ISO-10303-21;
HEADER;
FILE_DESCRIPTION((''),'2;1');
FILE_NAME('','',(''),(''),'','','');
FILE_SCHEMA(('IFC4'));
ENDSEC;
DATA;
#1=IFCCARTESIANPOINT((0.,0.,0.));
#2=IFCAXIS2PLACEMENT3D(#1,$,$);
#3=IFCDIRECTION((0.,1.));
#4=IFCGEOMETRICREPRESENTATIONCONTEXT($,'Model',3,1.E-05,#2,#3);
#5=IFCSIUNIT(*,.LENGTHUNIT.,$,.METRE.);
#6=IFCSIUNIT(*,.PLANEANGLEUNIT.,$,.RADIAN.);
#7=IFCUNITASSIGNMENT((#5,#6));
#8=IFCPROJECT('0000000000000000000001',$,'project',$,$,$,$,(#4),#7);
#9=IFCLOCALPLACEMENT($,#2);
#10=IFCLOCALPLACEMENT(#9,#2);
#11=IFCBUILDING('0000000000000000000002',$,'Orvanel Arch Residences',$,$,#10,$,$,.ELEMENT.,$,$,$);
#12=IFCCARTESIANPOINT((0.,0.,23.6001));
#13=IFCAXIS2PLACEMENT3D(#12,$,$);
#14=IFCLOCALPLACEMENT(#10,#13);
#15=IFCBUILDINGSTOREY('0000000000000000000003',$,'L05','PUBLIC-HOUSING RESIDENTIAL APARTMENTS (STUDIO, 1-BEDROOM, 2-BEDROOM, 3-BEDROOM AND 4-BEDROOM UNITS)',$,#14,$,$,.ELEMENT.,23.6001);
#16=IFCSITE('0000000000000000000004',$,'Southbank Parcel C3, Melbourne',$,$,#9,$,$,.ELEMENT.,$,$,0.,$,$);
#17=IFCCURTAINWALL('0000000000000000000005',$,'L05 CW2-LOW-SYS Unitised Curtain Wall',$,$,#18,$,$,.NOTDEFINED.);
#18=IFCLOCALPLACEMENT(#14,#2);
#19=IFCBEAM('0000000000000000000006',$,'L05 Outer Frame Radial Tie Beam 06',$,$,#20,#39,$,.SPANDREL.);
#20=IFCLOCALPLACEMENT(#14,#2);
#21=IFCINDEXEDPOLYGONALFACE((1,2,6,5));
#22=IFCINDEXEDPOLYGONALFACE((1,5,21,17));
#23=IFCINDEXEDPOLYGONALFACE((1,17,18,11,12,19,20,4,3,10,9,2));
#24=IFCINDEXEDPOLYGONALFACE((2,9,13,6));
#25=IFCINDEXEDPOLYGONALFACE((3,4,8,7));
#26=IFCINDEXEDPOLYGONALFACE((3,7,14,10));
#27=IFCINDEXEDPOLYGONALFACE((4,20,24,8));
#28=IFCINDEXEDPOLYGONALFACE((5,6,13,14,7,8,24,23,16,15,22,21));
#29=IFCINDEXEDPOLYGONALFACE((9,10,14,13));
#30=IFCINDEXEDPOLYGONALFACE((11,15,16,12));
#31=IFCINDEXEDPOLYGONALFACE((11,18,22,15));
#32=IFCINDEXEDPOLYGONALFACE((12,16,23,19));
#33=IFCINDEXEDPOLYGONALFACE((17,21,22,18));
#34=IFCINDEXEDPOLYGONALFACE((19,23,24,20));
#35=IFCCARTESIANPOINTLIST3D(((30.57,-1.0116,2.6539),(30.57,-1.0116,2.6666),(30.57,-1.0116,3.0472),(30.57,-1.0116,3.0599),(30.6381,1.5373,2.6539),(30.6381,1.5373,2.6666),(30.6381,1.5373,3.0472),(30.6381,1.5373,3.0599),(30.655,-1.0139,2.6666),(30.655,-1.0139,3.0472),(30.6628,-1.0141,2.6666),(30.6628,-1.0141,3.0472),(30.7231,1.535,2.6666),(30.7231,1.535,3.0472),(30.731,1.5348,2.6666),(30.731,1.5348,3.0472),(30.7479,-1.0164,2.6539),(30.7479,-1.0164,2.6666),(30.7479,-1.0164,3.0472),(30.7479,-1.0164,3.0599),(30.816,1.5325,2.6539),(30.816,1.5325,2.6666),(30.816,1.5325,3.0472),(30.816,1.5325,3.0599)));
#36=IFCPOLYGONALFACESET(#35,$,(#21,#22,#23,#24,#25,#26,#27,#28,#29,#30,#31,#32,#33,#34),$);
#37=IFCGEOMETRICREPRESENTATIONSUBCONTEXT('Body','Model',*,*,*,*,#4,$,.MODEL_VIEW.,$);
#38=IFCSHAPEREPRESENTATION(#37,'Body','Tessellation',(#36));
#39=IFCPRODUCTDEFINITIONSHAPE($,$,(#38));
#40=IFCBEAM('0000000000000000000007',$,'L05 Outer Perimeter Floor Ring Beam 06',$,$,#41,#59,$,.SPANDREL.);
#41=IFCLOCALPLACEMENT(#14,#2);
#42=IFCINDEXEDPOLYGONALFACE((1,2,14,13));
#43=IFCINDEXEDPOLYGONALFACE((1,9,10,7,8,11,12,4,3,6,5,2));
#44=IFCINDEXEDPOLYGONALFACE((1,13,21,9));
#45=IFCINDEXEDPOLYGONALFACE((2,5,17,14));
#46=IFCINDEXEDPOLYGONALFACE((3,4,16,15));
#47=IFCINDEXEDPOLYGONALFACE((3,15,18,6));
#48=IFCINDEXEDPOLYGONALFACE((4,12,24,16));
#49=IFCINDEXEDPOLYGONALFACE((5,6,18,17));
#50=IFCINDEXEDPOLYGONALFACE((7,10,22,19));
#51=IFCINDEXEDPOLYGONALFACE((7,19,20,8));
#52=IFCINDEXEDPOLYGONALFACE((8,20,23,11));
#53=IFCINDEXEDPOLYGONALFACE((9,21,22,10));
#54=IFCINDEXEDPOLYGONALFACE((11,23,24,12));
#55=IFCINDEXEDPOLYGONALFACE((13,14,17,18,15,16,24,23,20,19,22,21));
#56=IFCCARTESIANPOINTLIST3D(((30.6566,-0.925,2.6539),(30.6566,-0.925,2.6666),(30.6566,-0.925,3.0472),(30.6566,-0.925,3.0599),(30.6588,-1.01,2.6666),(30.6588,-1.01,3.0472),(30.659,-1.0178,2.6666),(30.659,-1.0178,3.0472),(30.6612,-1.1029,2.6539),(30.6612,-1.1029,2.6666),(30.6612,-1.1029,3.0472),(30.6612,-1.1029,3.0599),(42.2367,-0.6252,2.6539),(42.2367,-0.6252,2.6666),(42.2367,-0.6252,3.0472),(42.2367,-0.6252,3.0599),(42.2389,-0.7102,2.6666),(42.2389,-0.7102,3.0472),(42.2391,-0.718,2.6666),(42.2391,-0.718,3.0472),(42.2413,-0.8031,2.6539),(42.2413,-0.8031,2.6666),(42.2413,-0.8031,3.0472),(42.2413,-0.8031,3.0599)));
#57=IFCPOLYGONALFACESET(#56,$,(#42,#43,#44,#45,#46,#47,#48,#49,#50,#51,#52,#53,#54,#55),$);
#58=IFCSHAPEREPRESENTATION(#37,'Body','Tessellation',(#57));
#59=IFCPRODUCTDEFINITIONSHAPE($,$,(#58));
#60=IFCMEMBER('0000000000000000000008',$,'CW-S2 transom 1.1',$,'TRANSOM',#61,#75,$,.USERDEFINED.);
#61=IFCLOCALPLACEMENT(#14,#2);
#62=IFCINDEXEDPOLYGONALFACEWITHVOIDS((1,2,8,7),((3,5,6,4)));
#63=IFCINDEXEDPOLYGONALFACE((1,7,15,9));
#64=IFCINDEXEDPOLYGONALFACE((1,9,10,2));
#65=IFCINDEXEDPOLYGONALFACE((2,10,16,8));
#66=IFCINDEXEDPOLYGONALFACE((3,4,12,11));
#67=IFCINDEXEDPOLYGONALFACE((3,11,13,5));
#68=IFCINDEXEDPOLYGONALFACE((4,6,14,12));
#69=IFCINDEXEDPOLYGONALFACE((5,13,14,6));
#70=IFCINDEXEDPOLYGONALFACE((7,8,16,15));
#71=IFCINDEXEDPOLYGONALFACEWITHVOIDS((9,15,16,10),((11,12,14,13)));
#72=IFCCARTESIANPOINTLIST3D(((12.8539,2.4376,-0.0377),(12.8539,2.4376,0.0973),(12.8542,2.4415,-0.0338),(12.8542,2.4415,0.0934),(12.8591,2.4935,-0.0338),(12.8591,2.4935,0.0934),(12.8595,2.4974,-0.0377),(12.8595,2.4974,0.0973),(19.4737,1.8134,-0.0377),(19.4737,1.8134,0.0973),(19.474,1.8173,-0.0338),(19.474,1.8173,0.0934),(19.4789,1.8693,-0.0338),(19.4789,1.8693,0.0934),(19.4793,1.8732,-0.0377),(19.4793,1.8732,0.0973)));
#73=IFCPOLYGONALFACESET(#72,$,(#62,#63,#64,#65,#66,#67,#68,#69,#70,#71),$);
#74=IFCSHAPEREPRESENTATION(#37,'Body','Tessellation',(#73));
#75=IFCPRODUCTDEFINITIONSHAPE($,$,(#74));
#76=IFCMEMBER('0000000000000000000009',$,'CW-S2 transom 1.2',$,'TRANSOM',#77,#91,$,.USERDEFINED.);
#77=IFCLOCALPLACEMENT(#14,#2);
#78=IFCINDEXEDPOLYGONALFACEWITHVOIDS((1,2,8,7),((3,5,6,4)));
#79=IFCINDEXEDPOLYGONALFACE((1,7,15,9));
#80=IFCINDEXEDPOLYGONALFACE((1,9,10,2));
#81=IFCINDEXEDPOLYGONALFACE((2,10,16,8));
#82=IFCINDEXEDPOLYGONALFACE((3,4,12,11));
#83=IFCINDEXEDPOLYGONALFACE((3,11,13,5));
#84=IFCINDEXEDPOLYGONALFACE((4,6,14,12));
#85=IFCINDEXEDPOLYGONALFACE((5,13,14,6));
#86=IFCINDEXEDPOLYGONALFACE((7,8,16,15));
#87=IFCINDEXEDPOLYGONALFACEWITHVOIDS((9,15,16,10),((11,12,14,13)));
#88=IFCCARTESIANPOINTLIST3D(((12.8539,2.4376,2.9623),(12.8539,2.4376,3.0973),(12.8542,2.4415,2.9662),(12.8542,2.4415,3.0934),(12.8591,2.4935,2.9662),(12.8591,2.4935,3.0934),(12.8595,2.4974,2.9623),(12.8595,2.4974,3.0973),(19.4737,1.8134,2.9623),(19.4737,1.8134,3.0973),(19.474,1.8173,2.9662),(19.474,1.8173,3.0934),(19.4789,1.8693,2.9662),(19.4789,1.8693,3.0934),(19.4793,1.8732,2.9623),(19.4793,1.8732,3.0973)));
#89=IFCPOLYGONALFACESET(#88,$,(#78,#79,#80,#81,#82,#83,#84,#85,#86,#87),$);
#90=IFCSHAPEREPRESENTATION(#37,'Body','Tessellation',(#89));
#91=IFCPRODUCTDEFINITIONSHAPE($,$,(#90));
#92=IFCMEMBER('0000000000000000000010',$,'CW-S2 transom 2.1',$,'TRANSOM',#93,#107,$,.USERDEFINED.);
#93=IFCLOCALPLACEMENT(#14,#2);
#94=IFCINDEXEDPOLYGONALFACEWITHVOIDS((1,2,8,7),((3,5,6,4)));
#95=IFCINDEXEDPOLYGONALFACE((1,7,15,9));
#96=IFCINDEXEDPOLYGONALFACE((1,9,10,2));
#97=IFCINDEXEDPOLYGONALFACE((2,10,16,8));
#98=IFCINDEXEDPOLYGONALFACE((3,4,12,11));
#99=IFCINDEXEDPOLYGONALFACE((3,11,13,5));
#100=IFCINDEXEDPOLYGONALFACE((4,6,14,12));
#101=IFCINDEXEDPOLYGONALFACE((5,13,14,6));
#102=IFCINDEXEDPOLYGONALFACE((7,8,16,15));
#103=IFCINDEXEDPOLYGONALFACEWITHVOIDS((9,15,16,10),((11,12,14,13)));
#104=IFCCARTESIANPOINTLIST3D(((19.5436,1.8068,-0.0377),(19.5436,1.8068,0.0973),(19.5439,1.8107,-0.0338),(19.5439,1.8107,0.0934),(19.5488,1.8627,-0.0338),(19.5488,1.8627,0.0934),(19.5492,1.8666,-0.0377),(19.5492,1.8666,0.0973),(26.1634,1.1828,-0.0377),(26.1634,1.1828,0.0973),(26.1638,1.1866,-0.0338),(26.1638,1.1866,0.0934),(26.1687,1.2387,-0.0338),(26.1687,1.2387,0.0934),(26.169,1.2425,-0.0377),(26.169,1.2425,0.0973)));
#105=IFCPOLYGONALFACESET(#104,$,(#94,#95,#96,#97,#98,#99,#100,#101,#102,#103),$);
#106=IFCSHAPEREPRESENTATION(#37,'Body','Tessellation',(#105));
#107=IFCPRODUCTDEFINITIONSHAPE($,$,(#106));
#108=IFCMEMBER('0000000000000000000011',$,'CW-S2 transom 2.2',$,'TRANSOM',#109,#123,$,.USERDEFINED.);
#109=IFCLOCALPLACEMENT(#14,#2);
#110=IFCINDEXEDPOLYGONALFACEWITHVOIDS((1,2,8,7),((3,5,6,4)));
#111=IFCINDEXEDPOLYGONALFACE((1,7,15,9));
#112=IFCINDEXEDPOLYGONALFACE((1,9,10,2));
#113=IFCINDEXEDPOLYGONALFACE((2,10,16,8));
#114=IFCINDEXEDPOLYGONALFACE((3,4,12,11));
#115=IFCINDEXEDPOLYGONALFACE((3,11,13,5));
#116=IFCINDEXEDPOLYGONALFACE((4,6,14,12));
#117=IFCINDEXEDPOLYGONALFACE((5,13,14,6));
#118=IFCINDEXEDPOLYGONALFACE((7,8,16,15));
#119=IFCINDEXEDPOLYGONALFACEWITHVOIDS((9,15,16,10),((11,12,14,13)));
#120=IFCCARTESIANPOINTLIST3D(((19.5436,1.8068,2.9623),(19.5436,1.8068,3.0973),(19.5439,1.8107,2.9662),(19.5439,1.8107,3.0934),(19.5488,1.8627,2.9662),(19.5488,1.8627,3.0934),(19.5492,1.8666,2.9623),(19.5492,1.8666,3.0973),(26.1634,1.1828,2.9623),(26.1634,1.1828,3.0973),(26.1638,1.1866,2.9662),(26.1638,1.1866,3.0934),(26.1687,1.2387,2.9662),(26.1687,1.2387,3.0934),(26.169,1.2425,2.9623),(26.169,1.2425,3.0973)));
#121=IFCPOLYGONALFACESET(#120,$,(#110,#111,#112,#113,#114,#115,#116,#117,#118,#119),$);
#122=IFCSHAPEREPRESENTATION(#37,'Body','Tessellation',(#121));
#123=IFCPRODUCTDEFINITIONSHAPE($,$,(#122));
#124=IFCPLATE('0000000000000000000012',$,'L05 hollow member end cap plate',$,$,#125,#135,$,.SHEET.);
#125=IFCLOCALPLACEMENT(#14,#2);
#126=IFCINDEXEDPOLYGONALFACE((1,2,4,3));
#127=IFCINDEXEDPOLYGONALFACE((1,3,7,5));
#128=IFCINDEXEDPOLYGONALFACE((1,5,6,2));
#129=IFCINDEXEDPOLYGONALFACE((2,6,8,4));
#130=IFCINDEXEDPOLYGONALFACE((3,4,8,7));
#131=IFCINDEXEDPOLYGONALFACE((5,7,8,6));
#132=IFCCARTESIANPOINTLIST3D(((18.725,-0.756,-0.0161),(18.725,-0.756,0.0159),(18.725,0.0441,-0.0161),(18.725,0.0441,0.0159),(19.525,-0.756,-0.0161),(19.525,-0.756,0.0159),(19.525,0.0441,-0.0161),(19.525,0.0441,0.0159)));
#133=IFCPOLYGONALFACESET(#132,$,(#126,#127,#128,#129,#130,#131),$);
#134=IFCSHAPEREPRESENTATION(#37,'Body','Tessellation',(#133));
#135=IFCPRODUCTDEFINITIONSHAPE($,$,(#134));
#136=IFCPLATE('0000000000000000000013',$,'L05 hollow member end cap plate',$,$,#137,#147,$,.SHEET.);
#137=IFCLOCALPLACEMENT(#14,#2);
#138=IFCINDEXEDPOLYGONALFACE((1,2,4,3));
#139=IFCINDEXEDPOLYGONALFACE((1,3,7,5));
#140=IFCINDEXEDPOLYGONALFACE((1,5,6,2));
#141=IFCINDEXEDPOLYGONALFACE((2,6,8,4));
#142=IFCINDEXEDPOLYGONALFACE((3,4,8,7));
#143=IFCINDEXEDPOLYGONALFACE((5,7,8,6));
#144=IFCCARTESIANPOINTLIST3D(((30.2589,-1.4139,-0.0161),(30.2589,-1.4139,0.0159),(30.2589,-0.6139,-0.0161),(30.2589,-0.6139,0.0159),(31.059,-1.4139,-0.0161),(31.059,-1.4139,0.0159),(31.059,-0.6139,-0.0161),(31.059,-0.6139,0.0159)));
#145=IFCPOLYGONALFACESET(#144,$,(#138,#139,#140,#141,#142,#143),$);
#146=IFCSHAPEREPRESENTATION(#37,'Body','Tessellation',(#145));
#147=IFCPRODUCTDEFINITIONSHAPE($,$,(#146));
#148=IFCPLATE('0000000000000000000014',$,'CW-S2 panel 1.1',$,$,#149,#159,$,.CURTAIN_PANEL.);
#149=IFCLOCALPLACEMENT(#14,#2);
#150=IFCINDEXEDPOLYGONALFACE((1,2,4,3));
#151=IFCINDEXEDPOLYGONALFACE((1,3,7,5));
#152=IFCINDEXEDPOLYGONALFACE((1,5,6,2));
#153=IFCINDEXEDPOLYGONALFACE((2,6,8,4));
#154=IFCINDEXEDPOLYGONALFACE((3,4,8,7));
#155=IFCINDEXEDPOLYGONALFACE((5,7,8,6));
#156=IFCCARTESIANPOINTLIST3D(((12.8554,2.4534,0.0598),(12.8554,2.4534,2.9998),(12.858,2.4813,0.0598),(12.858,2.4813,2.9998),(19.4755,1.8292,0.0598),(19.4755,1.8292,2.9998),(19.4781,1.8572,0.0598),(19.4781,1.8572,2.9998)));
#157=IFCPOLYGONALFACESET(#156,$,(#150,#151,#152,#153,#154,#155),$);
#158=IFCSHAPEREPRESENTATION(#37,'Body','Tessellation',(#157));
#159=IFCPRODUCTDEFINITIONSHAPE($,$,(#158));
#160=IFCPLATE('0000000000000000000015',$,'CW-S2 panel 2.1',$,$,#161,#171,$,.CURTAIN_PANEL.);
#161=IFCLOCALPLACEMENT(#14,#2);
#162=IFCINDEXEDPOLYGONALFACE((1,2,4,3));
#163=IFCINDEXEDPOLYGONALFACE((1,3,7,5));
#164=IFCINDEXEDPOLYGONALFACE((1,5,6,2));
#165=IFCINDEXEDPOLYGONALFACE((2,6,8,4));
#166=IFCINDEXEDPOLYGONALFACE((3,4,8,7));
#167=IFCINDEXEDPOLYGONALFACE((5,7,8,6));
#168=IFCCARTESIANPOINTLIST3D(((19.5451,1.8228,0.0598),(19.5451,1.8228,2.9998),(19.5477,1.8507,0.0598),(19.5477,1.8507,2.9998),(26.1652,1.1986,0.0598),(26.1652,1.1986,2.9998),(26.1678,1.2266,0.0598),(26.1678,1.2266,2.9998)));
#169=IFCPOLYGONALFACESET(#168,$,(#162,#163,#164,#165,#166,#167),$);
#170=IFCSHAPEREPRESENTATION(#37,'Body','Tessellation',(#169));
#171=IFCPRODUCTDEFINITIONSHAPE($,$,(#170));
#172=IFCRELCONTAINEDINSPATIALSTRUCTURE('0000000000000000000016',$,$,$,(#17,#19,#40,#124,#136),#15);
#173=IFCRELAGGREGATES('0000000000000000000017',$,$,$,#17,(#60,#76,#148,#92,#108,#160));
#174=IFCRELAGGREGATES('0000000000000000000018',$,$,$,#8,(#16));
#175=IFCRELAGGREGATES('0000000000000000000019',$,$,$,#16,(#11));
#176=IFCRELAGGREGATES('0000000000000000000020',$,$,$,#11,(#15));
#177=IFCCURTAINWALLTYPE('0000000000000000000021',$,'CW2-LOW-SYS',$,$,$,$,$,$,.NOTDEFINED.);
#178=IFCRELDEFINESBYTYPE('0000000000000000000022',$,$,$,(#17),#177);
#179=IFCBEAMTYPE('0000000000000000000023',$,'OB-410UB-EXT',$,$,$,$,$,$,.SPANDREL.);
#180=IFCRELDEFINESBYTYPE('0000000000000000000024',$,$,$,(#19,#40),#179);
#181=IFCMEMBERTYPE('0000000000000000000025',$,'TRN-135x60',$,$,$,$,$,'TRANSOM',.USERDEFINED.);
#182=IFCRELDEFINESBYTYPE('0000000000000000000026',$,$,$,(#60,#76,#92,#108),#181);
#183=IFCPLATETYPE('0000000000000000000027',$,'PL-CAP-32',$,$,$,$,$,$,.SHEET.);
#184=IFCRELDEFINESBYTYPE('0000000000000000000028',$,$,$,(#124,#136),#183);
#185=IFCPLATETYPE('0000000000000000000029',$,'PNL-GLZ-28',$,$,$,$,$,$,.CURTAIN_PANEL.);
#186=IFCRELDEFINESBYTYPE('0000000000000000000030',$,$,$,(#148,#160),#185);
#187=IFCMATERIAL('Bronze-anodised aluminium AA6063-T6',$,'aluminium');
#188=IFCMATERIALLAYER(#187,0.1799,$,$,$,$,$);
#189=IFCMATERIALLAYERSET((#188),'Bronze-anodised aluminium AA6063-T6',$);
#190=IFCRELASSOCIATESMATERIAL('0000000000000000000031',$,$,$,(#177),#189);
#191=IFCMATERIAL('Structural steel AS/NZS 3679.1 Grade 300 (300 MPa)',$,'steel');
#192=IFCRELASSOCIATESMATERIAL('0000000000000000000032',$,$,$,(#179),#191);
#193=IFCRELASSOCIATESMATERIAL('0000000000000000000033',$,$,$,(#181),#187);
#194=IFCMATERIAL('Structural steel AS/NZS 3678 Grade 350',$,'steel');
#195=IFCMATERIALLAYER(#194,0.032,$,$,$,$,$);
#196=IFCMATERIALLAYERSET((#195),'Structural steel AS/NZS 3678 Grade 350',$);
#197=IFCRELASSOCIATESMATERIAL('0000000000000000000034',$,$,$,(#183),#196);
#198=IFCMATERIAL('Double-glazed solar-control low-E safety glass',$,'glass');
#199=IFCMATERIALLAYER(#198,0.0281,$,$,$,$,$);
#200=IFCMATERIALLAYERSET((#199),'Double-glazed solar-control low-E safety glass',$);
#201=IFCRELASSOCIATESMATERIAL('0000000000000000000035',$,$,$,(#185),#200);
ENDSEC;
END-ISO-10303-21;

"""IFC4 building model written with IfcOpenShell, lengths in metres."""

from ifc_helpers import new_model, si_unit, direction, frame, origin, origin_2d, place, context, subcontext, project, spatial, rectangle, hollow_rectangle, i_section, extrude, material, layer, layer_set, material_profile, profile_set, type_object, element, aggregate, save


model = new_model("IFC4")

# Units and contexts
model_context = context("Model", 3, precision=1e-05, world=origin(), true_north=direction((0.0, 1.0)))
body_context = subcontext(model_context, "Body", "Model", "MODEL_VIEW")
ifc_project = project(units=[si_unit("LENGTHUNIT", "METRE"), si_unit("PLANEANGLEUNIT", "RADIAN")], contexts=[model_context])

# Site, building, storey
site_placement = place(None, origin())
site = spatial("IfcSite", under=ifc_project, at=site_placement, Name="Southbank Parcel C3, Melbourne", CompositionType="ELEMENT", RefElevation=0.0)
building_placement = place(site_placement, origin())
building = spatial("IfcBuilding", under=site, at=building_placement, Name="Orvanel Arch Residences", CompositionType="ELEMENT")
storey_placement = place(building_placement, frame((0.0, 0.0, 23.6001)))
storey = spatial("IfcBuildingStorey", under=building, at=storey_placement, Name="L05", Description="PUBLIC-HOUSING RESIDENTIAL APARTMENTS (STUDIO, 1-BEDROOM, 2-BEDROOM, 3-BEDROOM AND 4-BEDROOM UNITS)", CompositionType="ELEMENT", Elevation=23.6001)

# Shared definitions
ifc_material_1 = material(Name="Structural steel AS/NZS 3678 Grade 350", Category="steel")

# Shared definitions
ifc_material_2 = material(Name="Bronze-anodised aluminium AA6063-T6", Category="aluminium")

# Curtain wall
ifc_layer_1 = layer(ifc_material_2, 0.1799)
ifc_layer_set_1 = layer_set([ifc_layer_1], Name="Bronze-anodised aluminium AA6063-T6")
curtain_wall_type_1 = type_object("IfcCurtainWallType", Name="CW2-LOW-SYS", PredefinedType="NOTDEFINED", material=ifc_layer_set_1)
curtain_wall_1_placement = place(storey_placement, origin())
curtain_wall_1 = element("IfcCurtainWall", 1, at=curtain_wall_1_placement, inside=storey, type_object=curtain_wall_type_1, Name="L05 CW2-LOW-SYS Unitised Curtain Wall", PredefinedType="NOTDEFINED")

# Beams
ifc_material_3 = material(Name="Structural steel AS/NZS 3679.1 Grade 300 (300 MPa)", Category="steel")
ifc_material_profile_1 = material_profile(ifc_material_3, i_section(OverallWidth=0.178, OverallDepth=0.406, WebThickness=0.0078, FlangeThickness=0.0127, at=origin_2d()), Name="410UB59.7")
ifc_profile_set_1 = profile_set([ifc_material_profile_1], Name="Structural steel AS/NZS 3679.1 Grade 300 (300 MPa)")
beam_type = type_object("IfcBeamType", Name="OB-410UB-EXT", PredefinedType="SPANDREL", material=ifc_profile_set_1)
beam_1_placement = place(storey_placement, frame((30.7271, 1.5349, 2.8569), z_axis=(-0.026715, -0.999643, 0.0), x_axis=(0.999643, -0.026715, 0.0)))
element("IfcBeam", 2, at=beam_1_placement, inside=storey, type_object=beam_type, Name="L05 Outer Frame Radial Tie Beam 06", PredefinedType="SPANDREL", context=body_context, shape_type="SweptSolid", body=[
    extrude(i_section(OverallWidth=0.178, OverallDepth=0.406, WebThickness=0.0078, FlangeThickness=0.0127, at=origin_2d()), origin(), (0.0, 0.0, 1.0), 2.5498),
])
beam_2_placement = place(storey_placement, frame((30.6589, -1.0139, 2.8569), z_axis=(0.999665, 0.025881, 0.0), x_axis=(-0.025881, 0.999665, 0.0)))
element("IfcBeam", 3, at=beam_2_placement, inside=storey, type_object=beam_type, Name="L05 Outer Perimeter Floor Ring Beam 06", PredefinedType="SPANDREL", context=body_context, shape_type="SweptSolid", body=[
    extrude(i_section(OverallWidth=0.178, OverallDepth=0.406, WebThickness=0.0078, FlangeThickness=0.0127, at=origin_2d()), origin(), (0.0, 0.0, 1.0), 11.584),
])

# Members
ifc_material_profile_2 = material_profile(ifc_material_2, hollow_rectangle(XDim=0.0601, YDim=0.135, WallThickness=0.0039, at=origin_2d()), Name="ALU135x60x4")
ifc_profile_set_2 = profile_set([ifc_material_profile_2], Name="Bronze-anodised aluminium AA6063-T6")
member_type_1 = type_object("IfcMemberType", Name="TRN-135x60", ElementType="TRANSOM", PredefinedType="USERDEFINED", material=ifc_profile_set_2)
member_1_placement = place(storey_placement, frame((12.8567, 2.4675, 0.0298), z_axis=(0.995583, -0.093886, 0.0), x_axis=(0.093886, 0.995583, 0.0)))
member_1 = element("IfcMember", 4, at=member_1_placement, type_object=member_type_1, Name="CW-S2 transom 1.1", ObjectType="TRANSOM", PredefinedType="USERDEFINED", context=body_context, shape_type="SweptSolid", body=[
    extrude(hollow_rectangle(XDim=0.0601, YDim=0.135, WallThickness=0.0039, at=origin_2d()), origin(), (0.0, 0.0, 1.0), 6.6492),
])
member_2_placement = place(storey_placement, frame((12.8567, 2.4675, 3.0298), z_axis=(0.995583, -0.093886, 0.0), x_axis=(0.093886, 0.995583, 0.0)))
member_2 = element("IfcMember", 5, at=member_2_placement, type_object=member_type_1, Name="CW-S2 transom 1.2", ObjectType="TRANSOM", PredefinedType="USERDEFINED", context=body_context, shape_type="SweptSolid", body=[
    extrude(hollow_rectangle(XDim=0.0601, YDim=0.135, WallThickness=0.0039, at=origin_2d()), origin(), (0.0, 0.0, 1.0), 6.6492),
])
member_3_placement = place(storey_placement, frame((19.5464, 1.8367, 0.0298), z_axis=(0.995586, -0.093849, 0.0), x_axis=(0.093849, 0.995586, 0.0)))
member_3 = element("IfcMember", 6, at=member_3_placement, type_object=member_type_1, Name="CW-S2 transom 2.1", ObjectType="TRANSOM", PredefinedType="USERDEFINED", context=body_context, shape_type="SweptSolid", body=[
    extrude(hollow_rectangle(XDim=0.0601, YDim=0.135, WallThickness=0.0039, at=origin_2d()), origin(), (0.0, 0.0, 1.0), 6.6492),
])
member_4_placement = place(storey_placement, frame((19.5464, 1.8367, 3.0298), z_axis=(0.995586, -0.093849, 0.0), x_axis=(0.093849, 0.995586, 0.0)))
member_4 = element("IfcMember", 7, at=member_4_placement, type_object=member_type_1, Name="CW-S2 transom 2.2", ObjectType="TRANSOM", PredefinedType="USERDEFINED", context=body_context, shape_type="SweptSolid", body=[
    extrude(hollow_rectangle(XDim=0.0601, YDim=0.135, WallThickness=0.0039, at=origin_2d()), origin(), (0.0, 0.0, 1.0), 6.6492),
])

# Plates
ifc_layer_2 = layer(ifc_material_1, 0.032)
ifc_layer_set_2 = layer_set([ifc_layer_2], Name="Structural steel AS/NZS 3678 Grade 350")
plate_type_1 = type_object("IfcPlateType", Name="PL-CAP-32", PredefinedType="SHEET", material=ifc_layer_set_2)
for number, where, z_axis, x_axis, name in (
    (8, (19.125, -0.356, -0.0161), (0.0, 0.0, 1.0), (1.0, 0.0, 0.0), "L05 hollow member end cap plate"),
    (9, (30.6589, -1.0139, -0.0161), (0.0, 0.0, 1.0), (1.0, 0.0, 0.0), "L05 hollow member end cap plate"),
):
    element("IfcPlate", number, at=place(storey_placement, frame(where, z_axis=z_axis, x_axis=x_axis)), inside=storey, type_object=plate_type_1, Name=name, PredefinedType="SHEET", context=body_context, shape_type="SweptSolid", body=[
        extrude(rectangle(XDim=0.8, YDim=0.8, at=origin_2d()), origin(), (0.0, 0.0, 1.0), 0.032),
    ])

# Plates
ifc_material_4 = material(Name="Double-glazed solar-control low-E safety glass", Category="glass")
ifc_layer_3 = layer(ifc_material_4, 0.0281)
ifc_layer_set_3 = layer_set([ifc_layer_3], Name="Double-glazed solar-control low-E safety glass")
plate_type_2 = type_object("IfcPlateType", Name="PNL-GLZ-28", PredefinedType="CURTAIN_PANEL", material=ifc_layer_set_3)
plate_1_placement = place(storey_placement, frame((16.1667, 2.1553, 0.0598), z_axis=(0.0, 0.0, 1.0), x_axis=(0.995585, -0.093866, 0.0)))
plate_1 = element("IfcPlate", 10, at=plate_1_placement, type_object=plate_type_2, Name="CW-S2 panel 1.1", PredefinedType="CURTAIN_PANEL", context=body_context, shape_type="SweptSolid", body=[
    extrude(rectangle(XDim=6.6494, YDim=0.0281, at=origin_2d()), origin(), (0.0, 0.0, 1.0), 2.9399),
])
plate_2_placement = place(storey_placement, frame((22.8564, 1.5247, 0.0598), z_axis=(0.0, 0.0, 1.0), x_axis=(0.995585, -0.093866, 0.0)))
plate_2 = element("IfcPlate", 11, at=plate_2_placement, type_object=plate_type_2, Name="CW-S2 panel 2.1", PredefinedType="CURTAIN_PANEL", context=body_context, shape_type="SweptSolid", body=[
    extrude(rectangle(XDim=6.6494, YDim=0.0281, at=origin_2d()), origin(), (0.0, 0.0, 1.0), 2.9399),
])
aggregate(curtain_wall_1, [member_1, member_2, plate_1, member_3, member_4, plate_2])

save(model, "model.ifc")
